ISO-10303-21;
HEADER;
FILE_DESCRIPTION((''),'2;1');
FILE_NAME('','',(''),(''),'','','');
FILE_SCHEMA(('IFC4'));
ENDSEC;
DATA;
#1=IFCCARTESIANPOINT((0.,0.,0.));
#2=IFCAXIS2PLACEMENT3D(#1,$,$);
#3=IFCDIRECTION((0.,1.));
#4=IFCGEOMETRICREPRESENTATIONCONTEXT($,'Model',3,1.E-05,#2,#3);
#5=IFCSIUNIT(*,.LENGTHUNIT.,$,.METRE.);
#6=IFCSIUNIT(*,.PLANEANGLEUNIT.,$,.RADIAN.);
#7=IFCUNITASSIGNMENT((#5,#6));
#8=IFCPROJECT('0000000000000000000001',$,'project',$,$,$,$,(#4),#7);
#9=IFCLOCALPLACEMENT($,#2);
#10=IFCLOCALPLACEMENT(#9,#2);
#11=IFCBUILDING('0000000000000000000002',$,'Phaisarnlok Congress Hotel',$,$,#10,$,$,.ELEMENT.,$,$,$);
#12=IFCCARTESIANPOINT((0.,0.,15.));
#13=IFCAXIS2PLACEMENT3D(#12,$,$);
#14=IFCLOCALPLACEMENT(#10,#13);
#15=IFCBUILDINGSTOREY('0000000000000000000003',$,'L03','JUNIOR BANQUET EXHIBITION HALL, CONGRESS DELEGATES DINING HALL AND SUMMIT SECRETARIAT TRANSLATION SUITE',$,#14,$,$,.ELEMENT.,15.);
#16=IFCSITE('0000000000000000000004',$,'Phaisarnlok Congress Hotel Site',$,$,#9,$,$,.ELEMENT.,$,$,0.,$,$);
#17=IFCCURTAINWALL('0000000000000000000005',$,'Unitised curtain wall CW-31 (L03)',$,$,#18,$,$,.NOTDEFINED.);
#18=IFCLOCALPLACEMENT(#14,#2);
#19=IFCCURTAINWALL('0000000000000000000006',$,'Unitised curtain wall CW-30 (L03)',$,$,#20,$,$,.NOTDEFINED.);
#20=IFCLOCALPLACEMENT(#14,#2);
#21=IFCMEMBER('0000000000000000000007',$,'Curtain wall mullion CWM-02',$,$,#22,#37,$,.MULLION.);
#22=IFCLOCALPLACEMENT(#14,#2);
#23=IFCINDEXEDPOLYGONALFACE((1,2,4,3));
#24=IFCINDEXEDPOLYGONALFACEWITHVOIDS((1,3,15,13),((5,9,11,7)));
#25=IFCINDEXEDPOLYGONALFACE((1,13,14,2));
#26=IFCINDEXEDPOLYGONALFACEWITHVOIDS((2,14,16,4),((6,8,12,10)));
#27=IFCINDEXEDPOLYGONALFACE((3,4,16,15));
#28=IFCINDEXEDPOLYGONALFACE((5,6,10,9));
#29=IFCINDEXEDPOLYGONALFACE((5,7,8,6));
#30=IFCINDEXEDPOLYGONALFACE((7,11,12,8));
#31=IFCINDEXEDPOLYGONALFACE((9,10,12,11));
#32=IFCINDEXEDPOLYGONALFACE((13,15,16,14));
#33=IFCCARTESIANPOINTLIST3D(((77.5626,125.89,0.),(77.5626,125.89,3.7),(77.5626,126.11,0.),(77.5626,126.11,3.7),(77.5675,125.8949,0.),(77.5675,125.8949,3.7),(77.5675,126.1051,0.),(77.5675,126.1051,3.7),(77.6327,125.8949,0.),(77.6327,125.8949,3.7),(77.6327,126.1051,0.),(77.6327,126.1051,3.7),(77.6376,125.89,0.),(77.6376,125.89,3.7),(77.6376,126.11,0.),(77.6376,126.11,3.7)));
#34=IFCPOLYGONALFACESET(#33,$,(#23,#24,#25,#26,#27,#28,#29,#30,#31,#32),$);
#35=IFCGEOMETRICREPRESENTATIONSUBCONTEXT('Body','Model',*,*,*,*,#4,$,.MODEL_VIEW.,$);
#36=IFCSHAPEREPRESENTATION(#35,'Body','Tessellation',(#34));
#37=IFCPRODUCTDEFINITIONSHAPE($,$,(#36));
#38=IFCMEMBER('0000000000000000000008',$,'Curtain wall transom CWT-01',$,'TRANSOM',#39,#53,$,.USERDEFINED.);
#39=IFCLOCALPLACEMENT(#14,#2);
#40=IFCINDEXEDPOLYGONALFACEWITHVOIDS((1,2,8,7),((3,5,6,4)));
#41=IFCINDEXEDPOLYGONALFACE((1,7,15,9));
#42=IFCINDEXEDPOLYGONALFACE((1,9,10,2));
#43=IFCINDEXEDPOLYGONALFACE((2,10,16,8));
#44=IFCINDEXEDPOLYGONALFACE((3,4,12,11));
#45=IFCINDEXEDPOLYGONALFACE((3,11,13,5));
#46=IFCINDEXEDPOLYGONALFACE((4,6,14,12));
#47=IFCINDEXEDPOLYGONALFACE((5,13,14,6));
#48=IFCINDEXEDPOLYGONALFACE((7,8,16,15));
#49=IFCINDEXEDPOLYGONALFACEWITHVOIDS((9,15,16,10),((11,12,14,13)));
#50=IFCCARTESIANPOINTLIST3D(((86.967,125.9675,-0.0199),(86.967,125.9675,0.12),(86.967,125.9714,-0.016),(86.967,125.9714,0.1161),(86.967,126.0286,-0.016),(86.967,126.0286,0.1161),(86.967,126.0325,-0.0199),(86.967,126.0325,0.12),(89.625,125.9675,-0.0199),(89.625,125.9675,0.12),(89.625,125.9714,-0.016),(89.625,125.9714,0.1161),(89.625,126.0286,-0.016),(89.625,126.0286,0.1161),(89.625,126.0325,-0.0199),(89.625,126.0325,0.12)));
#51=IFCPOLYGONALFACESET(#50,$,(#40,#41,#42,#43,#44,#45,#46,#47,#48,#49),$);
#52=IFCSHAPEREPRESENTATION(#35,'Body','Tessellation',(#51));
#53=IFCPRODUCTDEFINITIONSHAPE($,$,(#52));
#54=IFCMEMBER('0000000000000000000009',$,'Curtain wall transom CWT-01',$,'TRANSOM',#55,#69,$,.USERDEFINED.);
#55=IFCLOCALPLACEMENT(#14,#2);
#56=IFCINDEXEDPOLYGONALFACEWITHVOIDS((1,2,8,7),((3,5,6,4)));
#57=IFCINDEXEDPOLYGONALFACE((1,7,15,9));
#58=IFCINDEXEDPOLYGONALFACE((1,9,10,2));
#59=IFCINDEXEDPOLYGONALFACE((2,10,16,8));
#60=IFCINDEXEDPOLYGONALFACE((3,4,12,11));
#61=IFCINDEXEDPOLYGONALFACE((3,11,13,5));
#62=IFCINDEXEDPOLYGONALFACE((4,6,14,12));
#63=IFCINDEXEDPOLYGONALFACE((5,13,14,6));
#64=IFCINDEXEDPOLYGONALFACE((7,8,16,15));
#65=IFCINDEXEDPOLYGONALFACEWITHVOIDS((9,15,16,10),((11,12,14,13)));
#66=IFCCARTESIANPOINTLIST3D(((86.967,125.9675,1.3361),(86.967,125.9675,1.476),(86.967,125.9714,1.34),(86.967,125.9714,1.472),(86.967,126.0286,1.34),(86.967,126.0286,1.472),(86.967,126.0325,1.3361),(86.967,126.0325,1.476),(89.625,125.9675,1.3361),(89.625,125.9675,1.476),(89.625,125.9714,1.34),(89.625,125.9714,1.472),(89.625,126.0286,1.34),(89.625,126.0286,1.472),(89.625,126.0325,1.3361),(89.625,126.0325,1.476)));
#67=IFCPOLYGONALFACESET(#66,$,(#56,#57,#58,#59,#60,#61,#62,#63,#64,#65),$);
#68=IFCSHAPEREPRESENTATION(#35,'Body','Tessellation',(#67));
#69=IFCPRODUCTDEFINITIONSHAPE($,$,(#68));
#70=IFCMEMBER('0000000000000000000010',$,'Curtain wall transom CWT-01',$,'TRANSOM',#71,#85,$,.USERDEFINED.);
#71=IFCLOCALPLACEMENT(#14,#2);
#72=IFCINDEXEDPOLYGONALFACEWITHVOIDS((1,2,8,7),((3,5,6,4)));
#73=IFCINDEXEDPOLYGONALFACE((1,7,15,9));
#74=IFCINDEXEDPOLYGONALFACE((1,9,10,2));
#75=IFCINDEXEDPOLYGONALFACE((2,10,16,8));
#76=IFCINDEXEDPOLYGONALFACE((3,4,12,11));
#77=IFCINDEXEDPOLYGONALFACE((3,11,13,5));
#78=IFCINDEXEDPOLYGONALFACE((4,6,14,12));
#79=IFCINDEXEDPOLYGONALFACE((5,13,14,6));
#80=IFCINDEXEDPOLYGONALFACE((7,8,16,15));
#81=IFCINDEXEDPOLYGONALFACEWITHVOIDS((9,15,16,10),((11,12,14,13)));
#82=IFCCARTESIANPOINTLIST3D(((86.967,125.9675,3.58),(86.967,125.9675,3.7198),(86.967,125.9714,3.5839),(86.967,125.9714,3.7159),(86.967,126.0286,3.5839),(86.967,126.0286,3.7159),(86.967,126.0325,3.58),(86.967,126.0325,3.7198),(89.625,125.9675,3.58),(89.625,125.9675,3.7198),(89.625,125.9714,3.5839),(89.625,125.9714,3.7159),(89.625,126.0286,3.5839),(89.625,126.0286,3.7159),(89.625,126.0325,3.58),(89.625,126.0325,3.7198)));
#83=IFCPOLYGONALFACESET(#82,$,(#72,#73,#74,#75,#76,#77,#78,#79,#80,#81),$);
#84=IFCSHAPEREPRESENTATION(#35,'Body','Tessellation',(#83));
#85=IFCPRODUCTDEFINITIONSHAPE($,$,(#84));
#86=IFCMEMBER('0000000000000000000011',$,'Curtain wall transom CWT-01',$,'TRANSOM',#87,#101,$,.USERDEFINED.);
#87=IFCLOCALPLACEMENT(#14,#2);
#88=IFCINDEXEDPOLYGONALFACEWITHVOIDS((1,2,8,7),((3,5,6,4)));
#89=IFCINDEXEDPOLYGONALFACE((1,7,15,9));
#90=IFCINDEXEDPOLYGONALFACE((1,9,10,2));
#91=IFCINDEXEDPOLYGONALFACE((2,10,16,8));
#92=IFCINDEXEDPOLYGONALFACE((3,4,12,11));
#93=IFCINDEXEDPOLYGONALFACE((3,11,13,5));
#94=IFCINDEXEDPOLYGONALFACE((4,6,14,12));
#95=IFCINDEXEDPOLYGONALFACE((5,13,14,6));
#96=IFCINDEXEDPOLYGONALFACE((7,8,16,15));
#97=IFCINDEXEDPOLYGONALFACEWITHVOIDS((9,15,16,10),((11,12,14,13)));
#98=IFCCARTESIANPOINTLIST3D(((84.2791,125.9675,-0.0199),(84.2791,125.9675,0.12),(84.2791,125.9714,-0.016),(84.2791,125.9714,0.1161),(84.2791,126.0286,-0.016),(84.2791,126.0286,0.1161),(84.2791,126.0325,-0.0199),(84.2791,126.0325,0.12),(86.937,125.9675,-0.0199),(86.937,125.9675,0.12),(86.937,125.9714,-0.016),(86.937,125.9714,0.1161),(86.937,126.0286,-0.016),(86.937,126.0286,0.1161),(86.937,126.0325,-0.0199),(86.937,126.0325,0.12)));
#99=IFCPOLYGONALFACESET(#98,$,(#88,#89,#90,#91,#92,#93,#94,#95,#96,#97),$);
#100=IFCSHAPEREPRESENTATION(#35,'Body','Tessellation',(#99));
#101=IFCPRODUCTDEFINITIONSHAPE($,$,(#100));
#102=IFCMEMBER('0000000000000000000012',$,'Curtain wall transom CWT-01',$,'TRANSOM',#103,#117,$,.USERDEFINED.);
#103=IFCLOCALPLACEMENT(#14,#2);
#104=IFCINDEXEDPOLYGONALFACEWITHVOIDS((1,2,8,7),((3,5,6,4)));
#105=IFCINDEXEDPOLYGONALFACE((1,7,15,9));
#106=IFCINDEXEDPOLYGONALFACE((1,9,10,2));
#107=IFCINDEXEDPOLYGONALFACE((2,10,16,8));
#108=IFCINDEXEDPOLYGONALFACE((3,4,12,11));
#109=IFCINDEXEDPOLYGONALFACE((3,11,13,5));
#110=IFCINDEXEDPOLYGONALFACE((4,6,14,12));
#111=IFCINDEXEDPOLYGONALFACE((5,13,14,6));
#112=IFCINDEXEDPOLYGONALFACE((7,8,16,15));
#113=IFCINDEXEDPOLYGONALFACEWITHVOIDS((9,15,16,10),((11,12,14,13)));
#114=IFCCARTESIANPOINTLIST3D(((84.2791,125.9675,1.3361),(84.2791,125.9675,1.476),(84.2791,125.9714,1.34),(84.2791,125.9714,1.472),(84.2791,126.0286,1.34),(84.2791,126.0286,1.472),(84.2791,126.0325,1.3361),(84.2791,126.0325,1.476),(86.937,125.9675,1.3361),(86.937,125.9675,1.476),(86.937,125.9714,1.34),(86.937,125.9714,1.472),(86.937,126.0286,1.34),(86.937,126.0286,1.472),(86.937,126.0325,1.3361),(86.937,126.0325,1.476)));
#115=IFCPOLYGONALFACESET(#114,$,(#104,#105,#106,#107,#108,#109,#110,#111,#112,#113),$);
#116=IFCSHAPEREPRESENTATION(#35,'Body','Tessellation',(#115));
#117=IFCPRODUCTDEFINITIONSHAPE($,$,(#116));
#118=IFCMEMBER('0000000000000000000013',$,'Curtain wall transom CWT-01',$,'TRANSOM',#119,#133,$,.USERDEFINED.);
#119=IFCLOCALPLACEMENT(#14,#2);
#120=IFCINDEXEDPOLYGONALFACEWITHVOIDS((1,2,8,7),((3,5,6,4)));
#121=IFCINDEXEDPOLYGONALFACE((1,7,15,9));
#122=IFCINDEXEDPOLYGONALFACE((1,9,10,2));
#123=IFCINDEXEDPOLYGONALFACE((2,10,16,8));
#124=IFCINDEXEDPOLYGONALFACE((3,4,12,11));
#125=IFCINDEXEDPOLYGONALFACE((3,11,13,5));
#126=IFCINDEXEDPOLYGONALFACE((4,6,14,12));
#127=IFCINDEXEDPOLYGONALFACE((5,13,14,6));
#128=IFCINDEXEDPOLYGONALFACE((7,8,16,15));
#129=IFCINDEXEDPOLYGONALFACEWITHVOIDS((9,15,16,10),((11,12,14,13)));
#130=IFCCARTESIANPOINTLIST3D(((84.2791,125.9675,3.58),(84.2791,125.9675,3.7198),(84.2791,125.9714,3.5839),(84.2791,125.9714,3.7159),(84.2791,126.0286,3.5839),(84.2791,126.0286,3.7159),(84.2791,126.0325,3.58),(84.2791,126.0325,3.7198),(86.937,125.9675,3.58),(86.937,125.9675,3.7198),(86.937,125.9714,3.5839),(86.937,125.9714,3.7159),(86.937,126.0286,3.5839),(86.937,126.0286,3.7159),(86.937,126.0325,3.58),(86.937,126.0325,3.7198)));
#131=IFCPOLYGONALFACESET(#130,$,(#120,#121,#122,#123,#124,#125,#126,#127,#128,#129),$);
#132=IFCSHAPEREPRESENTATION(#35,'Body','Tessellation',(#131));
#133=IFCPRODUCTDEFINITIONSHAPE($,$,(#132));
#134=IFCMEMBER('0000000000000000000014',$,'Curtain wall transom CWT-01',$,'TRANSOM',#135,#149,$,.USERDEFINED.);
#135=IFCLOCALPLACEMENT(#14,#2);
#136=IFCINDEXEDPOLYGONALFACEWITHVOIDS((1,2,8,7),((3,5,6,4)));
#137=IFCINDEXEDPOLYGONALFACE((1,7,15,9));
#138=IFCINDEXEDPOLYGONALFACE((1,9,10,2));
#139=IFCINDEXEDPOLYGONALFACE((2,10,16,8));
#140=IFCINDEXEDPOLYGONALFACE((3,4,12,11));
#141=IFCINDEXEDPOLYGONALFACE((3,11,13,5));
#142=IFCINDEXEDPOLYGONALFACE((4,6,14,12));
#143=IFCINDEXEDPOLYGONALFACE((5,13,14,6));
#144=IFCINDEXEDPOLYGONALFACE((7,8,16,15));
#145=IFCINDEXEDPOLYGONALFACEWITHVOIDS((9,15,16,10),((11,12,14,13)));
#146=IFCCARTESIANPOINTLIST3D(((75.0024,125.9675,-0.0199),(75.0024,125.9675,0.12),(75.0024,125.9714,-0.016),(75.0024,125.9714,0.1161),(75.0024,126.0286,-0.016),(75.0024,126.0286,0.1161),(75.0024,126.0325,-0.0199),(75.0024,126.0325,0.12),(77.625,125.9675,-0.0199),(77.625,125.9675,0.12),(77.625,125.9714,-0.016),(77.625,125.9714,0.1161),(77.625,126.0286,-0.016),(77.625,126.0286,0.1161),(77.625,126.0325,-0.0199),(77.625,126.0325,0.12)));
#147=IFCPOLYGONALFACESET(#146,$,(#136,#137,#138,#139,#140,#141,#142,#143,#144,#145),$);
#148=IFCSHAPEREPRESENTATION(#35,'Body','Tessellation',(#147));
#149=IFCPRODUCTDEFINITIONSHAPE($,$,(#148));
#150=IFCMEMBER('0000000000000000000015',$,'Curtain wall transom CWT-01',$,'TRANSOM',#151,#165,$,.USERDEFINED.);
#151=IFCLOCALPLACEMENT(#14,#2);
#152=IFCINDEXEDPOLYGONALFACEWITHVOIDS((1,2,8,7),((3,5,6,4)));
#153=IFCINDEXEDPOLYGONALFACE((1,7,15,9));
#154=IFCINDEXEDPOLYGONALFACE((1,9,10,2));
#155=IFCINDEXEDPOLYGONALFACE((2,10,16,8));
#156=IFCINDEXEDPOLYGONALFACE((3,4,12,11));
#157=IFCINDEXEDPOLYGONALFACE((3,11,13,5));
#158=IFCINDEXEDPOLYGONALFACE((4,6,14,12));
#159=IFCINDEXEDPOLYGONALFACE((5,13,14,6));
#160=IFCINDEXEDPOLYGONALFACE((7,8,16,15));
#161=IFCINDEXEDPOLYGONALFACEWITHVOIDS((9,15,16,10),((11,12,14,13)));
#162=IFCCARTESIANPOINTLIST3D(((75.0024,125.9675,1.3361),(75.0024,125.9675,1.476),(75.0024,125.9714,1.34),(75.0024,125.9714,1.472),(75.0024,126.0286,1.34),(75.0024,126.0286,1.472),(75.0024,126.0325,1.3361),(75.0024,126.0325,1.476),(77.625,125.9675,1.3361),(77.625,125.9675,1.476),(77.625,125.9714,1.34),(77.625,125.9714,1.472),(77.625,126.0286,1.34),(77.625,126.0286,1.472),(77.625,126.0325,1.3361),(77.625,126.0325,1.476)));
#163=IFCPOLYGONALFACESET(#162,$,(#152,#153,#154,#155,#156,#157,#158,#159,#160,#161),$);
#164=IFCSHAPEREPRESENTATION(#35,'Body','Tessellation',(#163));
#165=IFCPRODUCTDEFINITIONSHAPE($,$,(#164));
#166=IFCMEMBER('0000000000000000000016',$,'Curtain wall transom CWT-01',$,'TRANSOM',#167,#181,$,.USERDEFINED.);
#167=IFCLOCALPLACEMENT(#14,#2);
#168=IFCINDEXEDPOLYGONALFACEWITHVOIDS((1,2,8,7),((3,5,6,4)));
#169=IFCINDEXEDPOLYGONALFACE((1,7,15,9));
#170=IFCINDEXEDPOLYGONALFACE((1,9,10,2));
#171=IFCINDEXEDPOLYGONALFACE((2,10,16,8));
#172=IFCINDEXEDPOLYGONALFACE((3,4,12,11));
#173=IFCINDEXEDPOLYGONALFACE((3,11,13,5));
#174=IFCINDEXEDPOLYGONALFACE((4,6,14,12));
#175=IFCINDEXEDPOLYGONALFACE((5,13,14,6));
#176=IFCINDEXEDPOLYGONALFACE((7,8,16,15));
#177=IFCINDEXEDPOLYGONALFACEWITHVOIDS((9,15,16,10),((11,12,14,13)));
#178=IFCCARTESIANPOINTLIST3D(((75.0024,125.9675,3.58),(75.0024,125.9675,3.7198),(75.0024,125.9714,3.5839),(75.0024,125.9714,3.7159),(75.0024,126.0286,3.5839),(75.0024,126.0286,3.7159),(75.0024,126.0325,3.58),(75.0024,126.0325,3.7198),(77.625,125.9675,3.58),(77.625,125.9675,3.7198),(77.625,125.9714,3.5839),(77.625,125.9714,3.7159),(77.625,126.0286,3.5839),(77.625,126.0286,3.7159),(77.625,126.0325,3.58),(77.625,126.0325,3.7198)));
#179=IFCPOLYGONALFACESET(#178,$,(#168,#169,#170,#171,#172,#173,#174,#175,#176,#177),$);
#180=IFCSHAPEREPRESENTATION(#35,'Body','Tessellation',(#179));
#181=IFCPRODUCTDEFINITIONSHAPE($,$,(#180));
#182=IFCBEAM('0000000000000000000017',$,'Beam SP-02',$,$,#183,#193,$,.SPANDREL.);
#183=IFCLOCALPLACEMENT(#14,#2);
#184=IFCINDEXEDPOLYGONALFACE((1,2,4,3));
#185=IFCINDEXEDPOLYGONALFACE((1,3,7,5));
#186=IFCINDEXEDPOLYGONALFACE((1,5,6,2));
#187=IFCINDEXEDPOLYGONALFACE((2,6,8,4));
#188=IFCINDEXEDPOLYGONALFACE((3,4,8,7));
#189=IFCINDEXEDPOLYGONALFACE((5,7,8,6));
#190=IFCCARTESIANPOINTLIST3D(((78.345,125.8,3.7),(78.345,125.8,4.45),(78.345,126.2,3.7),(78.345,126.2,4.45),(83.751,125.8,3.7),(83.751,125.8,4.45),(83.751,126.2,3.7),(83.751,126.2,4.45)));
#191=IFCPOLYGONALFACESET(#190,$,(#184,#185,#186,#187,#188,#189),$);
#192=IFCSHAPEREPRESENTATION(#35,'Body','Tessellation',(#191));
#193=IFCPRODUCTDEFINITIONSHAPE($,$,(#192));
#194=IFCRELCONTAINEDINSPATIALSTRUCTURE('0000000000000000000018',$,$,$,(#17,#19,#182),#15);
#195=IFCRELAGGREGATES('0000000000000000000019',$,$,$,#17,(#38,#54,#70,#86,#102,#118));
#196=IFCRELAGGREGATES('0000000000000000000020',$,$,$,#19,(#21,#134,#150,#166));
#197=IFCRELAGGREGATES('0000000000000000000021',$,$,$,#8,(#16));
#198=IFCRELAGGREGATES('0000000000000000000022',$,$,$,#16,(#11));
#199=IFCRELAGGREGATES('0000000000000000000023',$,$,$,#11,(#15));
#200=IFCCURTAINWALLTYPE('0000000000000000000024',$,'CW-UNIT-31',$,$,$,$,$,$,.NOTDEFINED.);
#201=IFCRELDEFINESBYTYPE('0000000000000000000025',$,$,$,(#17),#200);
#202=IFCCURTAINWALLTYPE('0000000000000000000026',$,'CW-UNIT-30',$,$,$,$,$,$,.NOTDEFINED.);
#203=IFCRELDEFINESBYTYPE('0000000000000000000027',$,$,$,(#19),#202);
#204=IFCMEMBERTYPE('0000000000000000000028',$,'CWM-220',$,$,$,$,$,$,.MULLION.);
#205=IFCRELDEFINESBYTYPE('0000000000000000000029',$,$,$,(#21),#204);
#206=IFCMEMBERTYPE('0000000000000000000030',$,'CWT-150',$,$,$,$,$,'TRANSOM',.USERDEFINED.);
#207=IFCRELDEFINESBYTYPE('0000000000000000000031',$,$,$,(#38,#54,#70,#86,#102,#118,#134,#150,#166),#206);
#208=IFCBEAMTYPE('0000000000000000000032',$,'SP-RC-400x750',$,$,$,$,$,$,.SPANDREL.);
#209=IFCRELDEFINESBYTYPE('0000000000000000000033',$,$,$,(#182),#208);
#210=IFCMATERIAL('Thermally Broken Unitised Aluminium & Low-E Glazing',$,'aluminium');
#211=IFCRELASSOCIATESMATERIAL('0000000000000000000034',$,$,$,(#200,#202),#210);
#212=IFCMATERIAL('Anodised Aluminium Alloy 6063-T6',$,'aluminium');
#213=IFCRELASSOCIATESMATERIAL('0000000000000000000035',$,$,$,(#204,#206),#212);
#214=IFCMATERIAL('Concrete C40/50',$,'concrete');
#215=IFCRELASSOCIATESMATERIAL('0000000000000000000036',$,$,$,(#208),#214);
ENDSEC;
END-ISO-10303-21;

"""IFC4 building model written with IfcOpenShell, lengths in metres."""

from ifc_helpers import new_model, si_unit, direction, frame, origin, origin_2d, place, context, subcontext, project, spatial, rectangle, hollow_rectangle, extrude, material, material_profile, profile_set, type_object, element, aggregate, save


model = new_model("IFC4")

# Units and contexts
model_context = context("Model", 3, precision=1e-05, world=origin(), true_north=direction((0.0, 1.0)))
body_context = subcontext(model_context, "Body", "Model", "MODEL_VIEW")
ifc_project = project(units=[si_unit("LENGTHUNIT", "METRE"), si_unit("PLANEANGLEUNIT", "RADIAN")], contexts=[model_context])

# Site, building, storey
site_placement = place(None, origin())
site = spatial("IfcSite", under=ifc_project, at=site_placement, Name="Phaisarnlok Congress Hotel Site", CompositionType="ELEMENT", RefElevation=0.0)
building_placement = place(site_placement, origin())
building = spatial("IfcBuilding", under=site, at=building_placement, Name="Phaisarnlok Congress Hotel", CompositionType="ELEMENT")
storey_placement = place(building_placement, frame((0.0, 0.0, 15.0)))
storey = spatial("IfcBuildingStorey", under=building, at=storey_placement, Name="L03", Description="JUNIOR BANQUET EXHIBITION HALL, CONGRESS DELEGATES DINING HALL AND SUMMIT SECRETARIAT TRANSLATION SUITE", CompositionType="ELEMENT", Elevation=15.0)

# Shared definitions
ifc_material_1 = material(Name="Concrete C40/50", Category="concrete")

# Curtain wall
ifc_material_2 = material(Name="Thermally Broken Unitised Aluminium & Low-E Glazing", Category="aluminium")
curtain_wall_type_1 = type_object("IfcCurtainWallType", Name="CW-UNIT-31", PredefinedType="NOTDEFINED", material=ifc_material_2)
curtain_wall_1_placement = place(storey_placement, origin())
curtain_wall_1 = element("IfcCurtainWall", 1, at=curtain_wall_1_placement, inside=storey, type_object=curtain_wall_type_1, Name="Unitised curtain wall CW-31 (L03)", PredefinedType="NOTDEFINED")
ifc_material_3 = material(Name="Anodised Aluminium Alloy 6063-T6", Category="aluminium")
ifc_material_profile_1 = material_profile(ifc_material_3, hollow_rectangle(XDim=0.075, YDim=0.22, WallThickness=0.0049, at=origin_2d()), Name="ALU-M 75x220x5")
ifc_profile_set_1 = profile_set([ifc_material_profile_1], Name="Anodised Aluminium Alloy 6063-T6")
member_type_1 = type_object("IfcMemberType", Name="CWM-220", PredefinedType="MULLION", material=ifc_profile_set_1)

# Curtain wall, member
curtain_wall_type_2 = type_object("IfcCurtainWallType", Name="CW-UNIT-30", PredefinedType="NOTDEFINED", material=ifc_material_2)
curtain_wall_2_placement = place(storey_placement, origin())
curtain_wall_2 = element("IfcCurtainWall", 2, at=curtain_wall_2_placement, inside=storey, type_object=curtain_wall_type_2, Name="Unitised curtain wall CW-30 (L03)", PredefinedType="NOTDEFINED")
member_1_placement = place(storey_placement, frame((77.6001, 126.0, 0.0), z_axis=(0.0, 0.0, 1.0), x_axis=(-1.0, 0.0, 0.0)))
member_1 = element("IfcMember", 3, at=member_1_placement, type_object=member_type_1, Name="Curtain wall mullion CWM-02", PredefinedType="MULLION", context=body_context, shape_type="SweptSolid", body=[
    extrude(hollow_rectangle(XDim=0.075, YDim=0.22, WallThickness=0.0049, at=origin_2d()), origin(), (0.0, 0.0, 1.0), 3.7),
])

# Members
ifc_material_profile_2 = material_profile(ifc_material_3, hollow_rectangle(XDim=0.0649, YDim=0.1399, WallThickness=0.0039, at=origin_2d()), Name="ALU-T 65x140x4")
ifc_profile_set_2 = profile_set([ifc_material_profile_2], Name="Anodised Aluminium Alloy 6063-T6")
member_type_2 = type_object("IfcMemberType", Name="CWT-150", ElementType="TRANSOM", PredefinedType="USERDEFINED", material=ifc_profile_set_2)
member_2_placement = place(storey_placement, frame((89.625, 126.0, 0.05), z_axis=(-1.0, 0.0, 0.0), x_axis=(0.0, -1.0, 0.0)))
member_2 = element("IfcMember", 4, at=member_2_placement, type_object=member_type_2, Name="Curtain wall transom CWT-01", ObjectType="TRANSOM", PredefinedType="USERDEFINED", context=body_context, shape_type="SweptSolid", body=[
    extrude(hollow_rectangle(XDim=0.0649, YDim=0.1399, WallThickness=0.0039, at=origin_2d()), origin(), (0.0, 0.0, 1.0), 2.658),
])
member_3_placement = place(storey_placement, frame((89.625, 126.0, 1.406), z_axis=(-1.0, 0.0, 0.0), x_axis=(0.0, -1.0, 0.0)))
member_3 = element("IfcMember", 5, at=member_3_placement, type_object=member_type_2, Name="Curtain wall transom CWT-01", ObjectType="TRANSOM", PredefinedType="USERDEFINED", context=body_context, shape_type="SweptSolid", body=[
    extrude(hollow_rectangle(XDim=0.0649, YDim=0.1399, WallThickness=0.0039, at=origin_2d()), origin(), (0.0, 0.0, 1.0), 2.658),
])
member_4_placement = place(storey_placement, frame((89.625, 126.0, 3.6499), z_axis=(-1.0, 0.0, 0.0), x_axis=(0.0, -1.0, 0.0)))
member_4 = element("IfcMember", 6, at=member_4_placement, type_object=member_type_2, Name="Curtain wall transom CWT-01", ObjectType="TRANSOM", PredefinedType="USERDEFINED", context=body_context, shape_type="SweptSolid", body=[
    extrude(hollow_rectangle(XDim=0.0649, YDim=0.1399, WallThickness=0.0039, at=origin_2d()), origin(), (0.0, 0.0, 1.0), 2.658),
])
member_5_placement = place(storey_placement, frame((86.937, 126.0, 0.05), z_axis=(-1.0, 0.0, 0.0), x_axis=(0.0, -1.0, 0.0)))
member_5 = element("IfcMember", 7, at=member_5_placement, type_object=member_type_2, Name="Curtain wall transom CWT-01", ObjectType="TRANSOM", PredefinedType="USERDEFINED", context=body_context, shape_type="SweptSolid", body=[
    extrude(hollow_rectangle(XDim=0.0649, YDim=0.1399, WallThickness=0.0039, at=origin_2d()), origin(), (0.0, 0.0, 1.0), 2.658),
])
member_6_placement = place(storey_placement, frame((86.937, 126.0, 1.406), z_axis=(-1.0, 0.0, 0.0), x_axis=(0.0, -1.0, 0.0)))
member_6 = element("IfcMember", 8, at=member_6_placement, type_object=member_type_2, Name="Curtain wall transom CWT-01", ObjectType="TRANSOM", PredefinedType="USERDEFINED", context=body_context, shape_type="SweptSolid", body=[
    extrude(hollow_rectangle(XDim=0.0649, YDim=0.1399, WallThickness=0.0039, at=origin_2d()), origin(), (0.0, 0.0, 1.0), 2.658),
])
member_7_placement = place(storey_placement, frame((86.937, 126.0, 3.6499), z_axis=(-1.0, 0.0, 0.0), x_axis=(0.0, -1.0, 0.0)))
member_7 = element("IfcMember", 9, at=member_7_placement, type_object=member_type_2, Name="Curtain wall transom CWT-01", ObjectType="TRANSOM", PredefinedType="USERDEFINED", context=body_context, shape_type="SweptSolid", body=[
    extrude(hollow_rectangle(XDim=0.0649, YDim=0.1399, WallThickness=0.0039, at=origin_2d()), origin(), (0.0, 0.0, 1.0), 2.658),
])
member_8_placement = place(storey_placement, frame((77.625, 126.0, 0.05), z_axis=(-1.0, 0.0, 0.0), x_axis=(0.0, -1.0, 0.0)))
member_8 = element("IfcMember", 10, at=member_8_placement, type_object=member_type_2, Name="Curtain wall transom CWT-01", ObjectType="TRANSOM", PredefinedType="USERDEFINED", context=body_context, shape_type="SweptSolid", body=[
    extrude(hollow_rectangle(XDim=0.0649, YDim=0.1399, WallThickness=0.0039, at=origin_2d()), origin(), (0.0, 0.0, 1.0), 2.6226),
])
member_9_placement = place(storey_placement, frame((77.625, 126.0, 1.406), z_axis=(-1.0, 0.0, 0.0), x_axis=(0.0, -1.0, 0.0)))
member_9 = element("IfcMember", 11, at=member_9_placement, type_object=member_type_2, Name="Curtain wall transom CWT-01", ObjectType="TRANSOM", PredefinedType="USERDEFINED", context=body_context, shape_type="SweptSolid", body=[
    extrude(hollow_rectangle(XDim=0.0649, YDim=0.1399, WallThickness=0.0039, at=origin_2d()), origin(), (0.0, 0.0, 1.0), 2.6226),
])
member_10_placement = place(storey_placement, frame((77.625, 126.0, 3.6499), z_axis=(-1.0, 0.0, 0.0), x_axis=(0.0, -1.0, 0.0)))
member_10 = element("IfcMember", 12, at=member_10_placement, type_object=member_type_2, Name="Curtain wall transom CWT-01", ObjectType="TRANSOM", PredefinedType="USERDEFINED", context=body_context, shape_type="SweptSolid", body=[
    extrude(hollow_rectangle(XDim=0.0649, YDim=0.1399, WallThickness=0.0039, at=origin_2d()), origin(), (0.0, 0.0, 1.0), 2.6226),
])

# Beam
ifc_material_profile_3 = material_profile(ifc_material_1, rectangle(XDim=0.3999, YDim=0.75, at=origin_2d()), Name="RC 400x750")
ifc_profile_set_3 = profile_set([ifc_material_profile_3], Name="Concrete C40/50")
beam_type_1 = type_object("IfcBeamType", Name="SP-RC-400x750", PredefinedType="SPANDREL", material=ifc_profile_set_3)
for number, where, z_axis, x_axis, name in (
    (13, (78.345, 126.0, 4.075), (1.0, 0.0, 0.0), (0.0, 1.0, 0.0), "Beam SP-02"),
):
    element("IfcBeam", number, at=place(storey_placement, frame(where, z_axis=z_axis, x_axis=x_axis)), inside=storey, type_object=beam_type_1, Name=name, PredefinedType="SPANDREL", context=body_context, shape_type="SweptSolid", body=[
        extrude(rectangle(XDim=0.3999, YDim=0.75, at=origin_2d()), origin(), (0.0, 0.0, 1.0), 5.406),
    ])

aggregate(curtain_wall_1, [member_2, member_3, member_4, member_5, member_6, member_7])
aggregate(curtain_wall_2, [member_1, member_8, member_9, member_10])

save(model, "model.ifc")
